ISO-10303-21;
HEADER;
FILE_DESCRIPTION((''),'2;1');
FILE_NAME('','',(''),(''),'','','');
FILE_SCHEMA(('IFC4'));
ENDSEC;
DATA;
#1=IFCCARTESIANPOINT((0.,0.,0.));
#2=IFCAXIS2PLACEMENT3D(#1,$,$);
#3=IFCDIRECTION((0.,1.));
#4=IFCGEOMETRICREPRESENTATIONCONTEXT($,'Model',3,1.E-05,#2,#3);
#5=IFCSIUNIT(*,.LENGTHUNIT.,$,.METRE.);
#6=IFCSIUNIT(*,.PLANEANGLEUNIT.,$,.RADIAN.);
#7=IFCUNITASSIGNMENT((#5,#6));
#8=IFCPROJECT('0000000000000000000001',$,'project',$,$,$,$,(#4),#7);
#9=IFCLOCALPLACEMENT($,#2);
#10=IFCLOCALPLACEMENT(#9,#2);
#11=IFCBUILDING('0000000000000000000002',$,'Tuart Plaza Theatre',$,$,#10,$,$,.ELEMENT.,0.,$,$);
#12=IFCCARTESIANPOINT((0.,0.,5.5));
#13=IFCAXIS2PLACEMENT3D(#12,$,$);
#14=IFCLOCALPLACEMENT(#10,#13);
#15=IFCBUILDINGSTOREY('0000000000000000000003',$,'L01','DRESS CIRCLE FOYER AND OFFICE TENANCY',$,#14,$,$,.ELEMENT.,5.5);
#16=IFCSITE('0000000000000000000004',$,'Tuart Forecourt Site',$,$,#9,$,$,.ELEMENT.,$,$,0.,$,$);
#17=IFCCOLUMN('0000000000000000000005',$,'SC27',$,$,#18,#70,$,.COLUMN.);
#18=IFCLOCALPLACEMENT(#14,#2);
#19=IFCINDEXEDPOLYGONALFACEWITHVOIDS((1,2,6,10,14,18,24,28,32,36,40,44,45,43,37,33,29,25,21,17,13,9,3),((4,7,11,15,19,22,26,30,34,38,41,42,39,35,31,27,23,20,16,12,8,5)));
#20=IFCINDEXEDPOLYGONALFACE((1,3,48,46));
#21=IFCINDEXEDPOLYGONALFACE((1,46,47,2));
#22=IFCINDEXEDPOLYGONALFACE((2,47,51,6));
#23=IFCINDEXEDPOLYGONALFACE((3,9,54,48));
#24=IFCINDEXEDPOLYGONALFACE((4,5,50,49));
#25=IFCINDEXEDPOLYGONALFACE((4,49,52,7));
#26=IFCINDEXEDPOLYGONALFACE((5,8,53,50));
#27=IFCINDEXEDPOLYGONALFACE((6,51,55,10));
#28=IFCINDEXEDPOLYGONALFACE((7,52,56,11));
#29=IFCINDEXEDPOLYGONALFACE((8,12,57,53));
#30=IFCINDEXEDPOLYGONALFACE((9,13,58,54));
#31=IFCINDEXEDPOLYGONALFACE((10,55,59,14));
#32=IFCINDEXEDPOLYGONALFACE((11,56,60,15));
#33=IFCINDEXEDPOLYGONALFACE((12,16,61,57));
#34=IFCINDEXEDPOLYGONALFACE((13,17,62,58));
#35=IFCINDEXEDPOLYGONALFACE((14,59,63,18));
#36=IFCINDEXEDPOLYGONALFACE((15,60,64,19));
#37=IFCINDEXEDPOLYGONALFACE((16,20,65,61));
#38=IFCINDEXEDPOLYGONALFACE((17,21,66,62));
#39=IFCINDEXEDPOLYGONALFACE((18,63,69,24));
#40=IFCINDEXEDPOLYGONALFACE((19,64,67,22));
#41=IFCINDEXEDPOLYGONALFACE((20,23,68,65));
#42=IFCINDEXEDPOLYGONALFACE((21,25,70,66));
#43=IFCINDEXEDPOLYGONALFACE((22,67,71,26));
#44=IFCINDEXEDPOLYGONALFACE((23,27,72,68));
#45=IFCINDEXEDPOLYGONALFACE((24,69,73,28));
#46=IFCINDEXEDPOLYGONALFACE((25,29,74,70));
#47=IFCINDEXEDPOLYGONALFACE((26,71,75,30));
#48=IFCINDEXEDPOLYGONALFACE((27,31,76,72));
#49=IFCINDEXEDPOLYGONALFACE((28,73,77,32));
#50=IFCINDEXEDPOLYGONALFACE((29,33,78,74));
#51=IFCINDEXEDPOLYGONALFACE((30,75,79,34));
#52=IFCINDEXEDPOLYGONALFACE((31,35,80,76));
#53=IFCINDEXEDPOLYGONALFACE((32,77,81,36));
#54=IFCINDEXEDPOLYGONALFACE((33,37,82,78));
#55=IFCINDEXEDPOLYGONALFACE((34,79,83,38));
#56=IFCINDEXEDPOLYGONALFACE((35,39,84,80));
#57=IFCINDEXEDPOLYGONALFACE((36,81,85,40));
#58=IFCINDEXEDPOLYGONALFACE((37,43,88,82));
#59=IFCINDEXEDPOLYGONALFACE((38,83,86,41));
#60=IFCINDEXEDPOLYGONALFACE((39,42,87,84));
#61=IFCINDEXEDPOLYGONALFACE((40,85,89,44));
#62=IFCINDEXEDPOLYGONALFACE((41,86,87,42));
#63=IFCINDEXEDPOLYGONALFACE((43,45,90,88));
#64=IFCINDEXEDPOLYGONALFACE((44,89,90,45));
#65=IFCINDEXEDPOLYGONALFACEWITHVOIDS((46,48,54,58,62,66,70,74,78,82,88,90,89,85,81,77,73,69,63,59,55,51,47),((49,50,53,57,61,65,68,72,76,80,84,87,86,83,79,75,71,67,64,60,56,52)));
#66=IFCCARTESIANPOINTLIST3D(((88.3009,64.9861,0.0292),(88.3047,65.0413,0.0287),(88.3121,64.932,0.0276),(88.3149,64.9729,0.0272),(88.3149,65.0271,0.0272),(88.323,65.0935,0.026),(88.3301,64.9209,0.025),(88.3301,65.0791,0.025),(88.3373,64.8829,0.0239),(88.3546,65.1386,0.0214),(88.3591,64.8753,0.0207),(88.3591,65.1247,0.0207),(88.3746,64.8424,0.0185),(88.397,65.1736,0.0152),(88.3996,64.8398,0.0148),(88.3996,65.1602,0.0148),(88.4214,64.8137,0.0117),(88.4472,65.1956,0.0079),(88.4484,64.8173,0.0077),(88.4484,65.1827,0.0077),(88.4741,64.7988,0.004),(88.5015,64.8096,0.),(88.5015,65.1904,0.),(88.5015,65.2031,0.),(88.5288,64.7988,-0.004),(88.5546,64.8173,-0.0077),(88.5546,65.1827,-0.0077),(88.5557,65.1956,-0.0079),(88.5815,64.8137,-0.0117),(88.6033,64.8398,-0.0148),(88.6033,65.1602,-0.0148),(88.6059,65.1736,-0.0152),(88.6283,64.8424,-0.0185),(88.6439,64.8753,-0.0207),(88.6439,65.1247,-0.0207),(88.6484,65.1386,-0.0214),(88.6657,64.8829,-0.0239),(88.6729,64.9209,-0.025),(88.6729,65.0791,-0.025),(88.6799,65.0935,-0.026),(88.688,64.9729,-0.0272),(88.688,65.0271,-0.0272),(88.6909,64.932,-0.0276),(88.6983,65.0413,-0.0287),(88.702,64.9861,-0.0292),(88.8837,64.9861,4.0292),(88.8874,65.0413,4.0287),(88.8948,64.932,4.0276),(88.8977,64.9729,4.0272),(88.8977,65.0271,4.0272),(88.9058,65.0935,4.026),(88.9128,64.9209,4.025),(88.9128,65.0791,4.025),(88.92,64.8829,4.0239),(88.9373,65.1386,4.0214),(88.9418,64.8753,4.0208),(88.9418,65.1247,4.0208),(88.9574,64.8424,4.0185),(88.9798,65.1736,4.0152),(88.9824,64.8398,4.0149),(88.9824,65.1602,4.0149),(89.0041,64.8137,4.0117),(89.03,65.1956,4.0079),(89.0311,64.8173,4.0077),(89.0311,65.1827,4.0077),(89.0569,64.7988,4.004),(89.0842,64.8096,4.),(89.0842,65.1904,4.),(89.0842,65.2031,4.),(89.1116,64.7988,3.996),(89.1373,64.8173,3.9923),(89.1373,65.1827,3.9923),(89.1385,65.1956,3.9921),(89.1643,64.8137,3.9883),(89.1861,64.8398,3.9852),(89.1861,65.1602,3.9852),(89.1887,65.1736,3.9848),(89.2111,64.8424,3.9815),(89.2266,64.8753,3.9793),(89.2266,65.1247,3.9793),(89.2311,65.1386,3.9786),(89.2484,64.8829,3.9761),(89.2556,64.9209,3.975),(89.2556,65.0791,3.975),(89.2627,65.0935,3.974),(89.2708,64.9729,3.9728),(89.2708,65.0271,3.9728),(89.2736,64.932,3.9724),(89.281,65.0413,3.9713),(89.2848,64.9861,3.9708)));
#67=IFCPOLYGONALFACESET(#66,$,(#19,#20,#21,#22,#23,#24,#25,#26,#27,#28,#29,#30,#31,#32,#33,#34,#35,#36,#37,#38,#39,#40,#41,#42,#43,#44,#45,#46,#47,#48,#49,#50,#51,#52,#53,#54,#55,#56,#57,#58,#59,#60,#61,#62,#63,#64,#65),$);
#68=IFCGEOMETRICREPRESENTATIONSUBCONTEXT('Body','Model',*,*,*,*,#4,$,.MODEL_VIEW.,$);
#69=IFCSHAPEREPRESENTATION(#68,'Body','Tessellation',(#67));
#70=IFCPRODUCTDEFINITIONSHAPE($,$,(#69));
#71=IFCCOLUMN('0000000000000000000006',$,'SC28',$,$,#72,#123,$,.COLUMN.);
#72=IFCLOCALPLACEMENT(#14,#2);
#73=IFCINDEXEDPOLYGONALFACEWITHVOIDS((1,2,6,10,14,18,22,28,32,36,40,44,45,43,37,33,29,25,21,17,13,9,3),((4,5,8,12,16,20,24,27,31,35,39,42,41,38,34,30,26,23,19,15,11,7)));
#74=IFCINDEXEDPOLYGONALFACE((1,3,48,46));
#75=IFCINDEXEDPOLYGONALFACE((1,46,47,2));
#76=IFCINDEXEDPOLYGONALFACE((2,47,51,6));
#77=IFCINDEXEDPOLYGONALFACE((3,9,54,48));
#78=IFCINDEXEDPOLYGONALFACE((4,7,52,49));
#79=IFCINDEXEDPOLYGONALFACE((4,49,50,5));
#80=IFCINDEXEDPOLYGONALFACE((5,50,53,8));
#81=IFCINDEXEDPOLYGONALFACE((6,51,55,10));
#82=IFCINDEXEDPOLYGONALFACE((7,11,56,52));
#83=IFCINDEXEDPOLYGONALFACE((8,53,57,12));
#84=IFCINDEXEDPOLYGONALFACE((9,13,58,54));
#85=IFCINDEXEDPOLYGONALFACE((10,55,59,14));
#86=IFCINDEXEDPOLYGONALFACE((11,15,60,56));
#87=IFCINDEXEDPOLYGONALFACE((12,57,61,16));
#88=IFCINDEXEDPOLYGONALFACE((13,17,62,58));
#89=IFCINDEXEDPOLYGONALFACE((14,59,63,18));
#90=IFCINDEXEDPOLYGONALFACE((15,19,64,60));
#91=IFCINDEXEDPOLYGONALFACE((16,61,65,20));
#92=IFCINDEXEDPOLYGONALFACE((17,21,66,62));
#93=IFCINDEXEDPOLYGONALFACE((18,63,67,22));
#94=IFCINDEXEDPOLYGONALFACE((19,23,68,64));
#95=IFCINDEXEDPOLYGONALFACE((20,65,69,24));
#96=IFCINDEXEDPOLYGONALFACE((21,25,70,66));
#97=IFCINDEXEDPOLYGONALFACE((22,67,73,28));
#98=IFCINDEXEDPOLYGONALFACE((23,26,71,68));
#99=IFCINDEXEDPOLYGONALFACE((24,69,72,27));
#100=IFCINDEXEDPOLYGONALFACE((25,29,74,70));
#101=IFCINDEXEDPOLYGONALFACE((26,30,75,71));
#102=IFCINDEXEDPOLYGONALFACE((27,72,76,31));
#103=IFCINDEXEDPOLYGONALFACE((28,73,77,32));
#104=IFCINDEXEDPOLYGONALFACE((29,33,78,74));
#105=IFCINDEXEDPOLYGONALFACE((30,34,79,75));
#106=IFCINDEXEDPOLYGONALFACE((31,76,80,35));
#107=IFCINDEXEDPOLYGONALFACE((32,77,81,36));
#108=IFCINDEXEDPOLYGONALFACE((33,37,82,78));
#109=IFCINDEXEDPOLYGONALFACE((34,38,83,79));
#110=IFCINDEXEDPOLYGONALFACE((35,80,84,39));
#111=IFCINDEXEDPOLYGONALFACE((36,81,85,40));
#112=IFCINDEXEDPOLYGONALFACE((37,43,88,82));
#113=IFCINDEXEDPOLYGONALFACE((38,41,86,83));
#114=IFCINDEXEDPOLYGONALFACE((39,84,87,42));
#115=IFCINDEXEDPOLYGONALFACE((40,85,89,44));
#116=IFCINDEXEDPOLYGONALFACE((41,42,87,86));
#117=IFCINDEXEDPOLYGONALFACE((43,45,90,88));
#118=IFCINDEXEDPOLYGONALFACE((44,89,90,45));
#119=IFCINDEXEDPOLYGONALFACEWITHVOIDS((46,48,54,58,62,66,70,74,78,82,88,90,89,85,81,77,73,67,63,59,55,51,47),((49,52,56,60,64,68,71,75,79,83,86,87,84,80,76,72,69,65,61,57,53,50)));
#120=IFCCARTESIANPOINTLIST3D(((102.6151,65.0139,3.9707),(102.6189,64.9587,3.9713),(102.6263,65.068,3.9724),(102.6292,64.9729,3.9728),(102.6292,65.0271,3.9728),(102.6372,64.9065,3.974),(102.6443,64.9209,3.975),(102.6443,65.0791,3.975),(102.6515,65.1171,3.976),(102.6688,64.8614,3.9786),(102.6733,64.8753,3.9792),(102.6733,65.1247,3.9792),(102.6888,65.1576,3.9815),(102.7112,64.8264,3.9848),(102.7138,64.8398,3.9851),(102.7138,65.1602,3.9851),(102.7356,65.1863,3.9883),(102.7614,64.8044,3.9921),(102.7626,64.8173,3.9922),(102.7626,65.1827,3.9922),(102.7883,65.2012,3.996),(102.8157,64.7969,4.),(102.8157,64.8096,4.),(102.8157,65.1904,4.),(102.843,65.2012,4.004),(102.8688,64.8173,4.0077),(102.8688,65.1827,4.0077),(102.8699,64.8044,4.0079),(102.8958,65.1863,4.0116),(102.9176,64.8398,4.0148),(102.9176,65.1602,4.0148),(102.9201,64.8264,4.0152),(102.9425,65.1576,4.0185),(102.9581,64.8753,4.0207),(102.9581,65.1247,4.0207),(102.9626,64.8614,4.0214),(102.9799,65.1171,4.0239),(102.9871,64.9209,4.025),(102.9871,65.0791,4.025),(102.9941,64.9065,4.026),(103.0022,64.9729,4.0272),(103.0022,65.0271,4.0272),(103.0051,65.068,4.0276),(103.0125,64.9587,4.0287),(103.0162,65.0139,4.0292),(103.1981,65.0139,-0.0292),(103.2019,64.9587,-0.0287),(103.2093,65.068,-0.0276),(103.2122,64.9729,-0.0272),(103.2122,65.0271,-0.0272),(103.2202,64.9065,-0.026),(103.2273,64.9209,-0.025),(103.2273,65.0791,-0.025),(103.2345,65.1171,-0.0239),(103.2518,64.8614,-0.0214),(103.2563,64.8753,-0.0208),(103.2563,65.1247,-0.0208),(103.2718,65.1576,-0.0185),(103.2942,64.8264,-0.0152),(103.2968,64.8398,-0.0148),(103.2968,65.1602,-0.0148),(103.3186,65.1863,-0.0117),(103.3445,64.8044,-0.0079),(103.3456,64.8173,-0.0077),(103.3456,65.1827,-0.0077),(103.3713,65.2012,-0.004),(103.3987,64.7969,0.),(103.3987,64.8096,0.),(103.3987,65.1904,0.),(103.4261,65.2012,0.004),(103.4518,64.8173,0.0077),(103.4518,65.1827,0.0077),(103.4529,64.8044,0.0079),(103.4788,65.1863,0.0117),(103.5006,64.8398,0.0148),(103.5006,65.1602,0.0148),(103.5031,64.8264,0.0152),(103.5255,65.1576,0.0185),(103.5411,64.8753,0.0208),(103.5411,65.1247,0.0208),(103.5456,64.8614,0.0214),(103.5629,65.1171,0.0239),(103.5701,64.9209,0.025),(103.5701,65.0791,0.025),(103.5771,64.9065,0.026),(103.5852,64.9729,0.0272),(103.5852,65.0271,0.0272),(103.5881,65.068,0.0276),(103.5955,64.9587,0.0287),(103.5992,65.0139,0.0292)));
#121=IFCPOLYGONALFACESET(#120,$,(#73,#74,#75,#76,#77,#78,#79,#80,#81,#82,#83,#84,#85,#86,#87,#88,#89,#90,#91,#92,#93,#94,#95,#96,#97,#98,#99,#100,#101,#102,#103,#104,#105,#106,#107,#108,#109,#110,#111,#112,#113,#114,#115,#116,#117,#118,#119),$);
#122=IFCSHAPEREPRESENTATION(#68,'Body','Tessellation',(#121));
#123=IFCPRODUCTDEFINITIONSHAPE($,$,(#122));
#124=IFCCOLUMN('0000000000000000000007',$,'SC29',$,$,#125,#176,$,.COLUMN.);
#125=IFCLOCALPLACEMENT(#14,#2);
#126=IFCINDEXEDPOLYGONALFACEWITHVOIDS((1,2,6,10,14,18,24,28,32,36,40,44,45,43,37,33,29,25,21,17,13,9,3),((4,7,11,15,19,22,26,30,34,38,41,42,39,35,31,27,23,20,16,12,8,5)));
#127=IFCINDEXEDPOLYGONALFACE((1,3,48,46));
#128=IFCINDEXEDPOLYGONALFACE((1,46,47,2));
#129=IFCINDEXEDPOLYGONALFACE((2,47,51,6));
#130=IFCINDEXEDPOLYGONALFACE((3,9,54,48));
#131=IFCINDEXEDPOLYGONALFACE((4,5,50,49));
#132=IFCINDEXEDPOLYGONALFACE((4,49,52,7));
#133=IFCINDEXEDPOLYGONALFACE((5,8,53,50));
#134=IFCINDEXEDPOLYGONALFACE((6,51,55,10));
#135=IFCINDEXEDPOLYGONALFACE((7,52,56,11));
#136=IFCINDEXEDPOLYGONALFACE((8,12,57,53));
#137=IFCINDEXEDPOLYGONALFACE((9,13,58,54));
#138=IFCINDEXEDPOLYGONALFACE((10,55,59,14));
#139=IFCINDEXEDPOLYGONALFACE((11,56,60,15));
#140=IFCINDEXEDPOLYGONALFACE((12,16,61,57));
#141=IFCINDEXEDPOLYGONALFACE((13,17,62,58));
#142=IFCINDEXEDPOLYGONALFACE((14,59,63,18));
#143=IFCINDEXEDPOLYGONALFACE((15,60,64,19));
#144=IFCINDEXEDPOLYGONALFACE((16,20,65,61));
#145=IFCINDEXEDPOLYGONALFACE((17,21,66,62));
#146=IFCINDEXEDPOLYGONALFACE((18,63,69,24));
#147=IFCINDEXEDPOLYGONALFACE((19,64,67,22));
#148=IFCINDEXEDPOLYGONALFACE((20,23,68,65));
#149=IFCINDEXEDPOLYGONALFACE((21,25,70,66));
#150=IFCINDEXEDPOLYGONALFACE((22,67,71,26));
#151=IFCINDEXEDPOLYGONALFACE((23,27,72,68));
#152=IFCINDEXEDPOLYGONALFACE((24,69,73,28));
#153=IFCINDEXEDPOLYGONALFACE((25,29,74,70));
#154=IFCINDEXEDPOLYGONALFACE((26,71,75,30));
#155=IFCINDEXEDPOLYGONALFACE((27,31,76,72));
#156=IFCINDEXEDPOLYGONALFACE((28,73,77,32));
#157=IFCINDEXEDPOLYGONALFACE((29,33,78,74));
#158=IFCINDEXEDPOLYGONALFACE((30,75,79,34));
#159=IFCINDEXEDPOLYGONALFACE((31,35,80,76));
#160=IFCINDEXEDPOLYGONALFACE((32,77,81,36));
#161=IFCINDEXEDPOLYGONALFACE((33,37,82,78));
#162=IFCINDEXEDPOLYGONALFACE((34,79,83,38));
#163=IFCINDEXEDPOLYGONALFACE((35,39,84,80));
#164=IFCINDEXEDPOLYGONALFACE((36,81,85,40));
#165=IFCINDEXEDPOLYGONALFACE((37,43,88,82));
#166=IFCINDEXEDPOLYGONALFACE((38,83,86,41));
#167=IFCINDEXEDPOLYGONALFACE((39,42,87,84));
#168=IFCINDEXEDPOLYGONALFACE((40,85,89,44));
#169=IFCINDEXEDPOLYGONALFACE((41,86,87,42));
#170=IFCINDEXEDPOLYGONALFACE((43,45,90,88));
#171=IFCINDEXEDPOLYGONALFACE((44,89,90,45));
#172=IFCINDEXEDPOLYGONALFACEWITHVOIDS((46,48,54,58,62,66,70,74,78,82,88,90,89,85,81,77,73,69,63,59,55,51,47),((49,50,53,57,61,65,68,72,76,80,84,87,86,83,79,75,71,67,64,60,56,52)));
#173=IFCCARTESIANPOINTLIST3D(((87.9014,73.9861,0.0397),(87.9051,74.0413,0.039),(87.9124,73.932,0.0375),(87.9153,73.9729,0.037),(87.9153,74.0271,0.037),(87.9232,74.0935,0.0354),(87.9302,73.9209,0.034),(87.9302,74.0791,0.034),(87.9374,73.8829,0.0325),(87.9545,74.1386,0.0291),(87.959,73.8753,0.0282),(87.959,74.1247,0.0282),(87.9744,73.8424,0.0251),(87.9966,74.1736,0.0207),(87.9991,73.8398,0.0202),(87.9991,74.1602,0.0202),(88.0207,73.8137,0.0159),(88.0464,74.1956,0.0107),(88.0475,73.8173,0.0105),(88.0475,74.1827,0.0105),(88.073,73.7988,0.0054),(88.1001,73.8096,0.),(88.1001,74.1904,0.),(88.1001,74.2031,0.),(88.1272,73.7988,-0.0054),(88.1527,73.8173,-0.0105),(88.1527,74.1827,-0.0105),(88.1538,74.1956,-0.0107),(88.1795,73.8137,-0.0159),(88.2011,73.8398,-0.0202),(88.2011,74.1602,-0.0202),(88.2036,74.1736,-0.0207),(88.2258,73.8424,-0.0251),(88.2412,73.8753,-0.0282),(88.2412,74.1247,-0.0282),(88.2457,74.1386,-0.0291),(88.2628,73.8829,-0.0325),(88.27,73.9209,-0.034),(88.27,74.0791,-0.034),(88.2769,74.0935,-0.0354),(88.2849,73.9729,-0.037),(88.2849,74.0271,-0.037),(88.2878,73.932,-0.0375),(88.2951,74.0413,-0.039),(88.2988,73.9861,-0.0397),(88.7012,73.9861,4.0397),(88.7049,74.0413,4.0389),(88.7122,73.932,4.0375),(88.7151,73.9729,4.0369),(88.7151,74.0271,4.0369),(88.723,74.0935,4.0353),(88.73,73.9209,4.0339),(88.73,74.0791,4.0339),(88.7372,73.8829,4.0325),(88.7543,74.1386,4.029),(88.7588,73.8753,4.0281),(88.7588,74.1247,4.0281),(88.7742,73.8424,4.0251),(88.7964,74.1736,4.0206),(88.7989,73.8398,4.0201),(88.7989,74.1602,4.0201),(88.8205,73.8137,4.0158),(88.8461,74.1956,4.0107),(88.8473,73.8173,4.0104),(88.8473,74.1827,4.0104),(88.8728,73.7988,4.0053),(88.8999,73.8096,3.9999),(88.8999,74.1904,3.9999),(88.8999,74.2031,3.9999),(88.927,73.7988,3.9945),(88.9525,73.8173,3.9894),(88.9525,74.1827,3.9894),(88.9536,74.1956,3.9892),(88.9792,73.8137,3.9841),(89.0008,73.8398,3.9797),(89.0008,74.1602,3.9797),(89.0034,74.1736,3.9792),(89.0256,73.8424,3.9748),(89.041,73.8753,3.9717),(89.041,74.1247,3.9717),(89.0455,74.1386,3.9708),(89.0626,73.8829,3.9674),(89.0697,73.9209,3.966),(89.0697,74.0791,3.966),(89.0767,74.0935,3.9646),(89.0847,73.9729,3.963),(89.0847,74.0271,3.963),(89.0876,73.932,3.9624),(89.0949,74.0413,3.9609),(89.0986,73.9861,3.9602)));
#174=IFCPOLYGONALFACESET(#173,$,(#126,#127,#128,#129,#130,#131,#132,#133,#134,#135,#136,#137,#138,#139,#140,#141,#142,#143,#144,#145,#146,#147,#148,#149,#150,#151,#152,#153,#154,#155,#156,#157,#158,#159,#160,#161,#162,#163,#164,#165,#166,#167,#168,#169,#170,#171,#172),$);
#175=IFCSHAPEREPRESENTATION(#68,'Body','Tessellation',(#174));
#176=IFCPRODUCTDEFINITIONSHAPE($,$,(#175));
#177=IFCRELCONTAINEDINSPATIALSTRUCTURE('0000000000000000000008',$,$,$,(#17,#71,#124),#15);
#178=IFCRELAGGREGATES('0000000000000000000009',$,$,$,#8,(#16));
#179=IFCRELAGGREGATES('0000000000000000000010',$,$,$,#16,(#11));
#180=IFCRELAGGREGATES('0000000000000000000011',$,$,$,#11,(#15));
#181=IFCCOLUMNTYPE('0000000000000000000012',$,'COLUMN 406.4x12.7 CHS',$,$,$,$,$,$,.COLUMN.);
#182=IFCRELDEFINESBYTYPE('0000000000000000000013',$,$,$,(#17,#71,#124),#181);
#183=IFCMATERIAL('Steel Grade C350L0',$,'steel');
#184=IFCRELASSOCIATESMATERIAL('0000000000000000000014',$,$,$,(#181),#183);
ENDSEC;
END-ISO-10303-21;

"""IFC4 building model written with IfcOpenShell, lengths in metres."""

from ifc_helpers import new_model, si_unit, direction, frame, origin, origin_2d, place, context, subcontext, project, spatial, hollow_circle, extrude, material, material_profile, profile_set, type_object, element, save


model = new_model("IFC4")

# Units and contexts
model_context = context("Model", 3, precision=1e-05, world=origin(), true_north=direction((0.0, 1.0)))
body_context = subcontext(model_context, "Body", "Model", "MODEL_VIEW")
ifc_project = project(units=[si_unit("LENGTHUNIT", "METRE"), si_unit("PLANEANGLEUNIT", "RADIAN")], contexts=[model_context])

# Site, building, storey
site_placement = place(None, origin())
site = spatial("IfcSite", under=ifc_project, at=site_placement, Name="Tuart Forecourt Site", CompositionType="ELEMENT", RefElevation=0.0)
building_placement = place(site_placement, origin())
building = spatial("IfcBuilding", under=site, at=building_placement, Name="Tuart Plaza Theatre", CompositionType="ELEMENT", ElevationOfRefHeight=0.0)
storey_placement = place(building_placement, frame((0.0, 0.0, 5.5)))
storey = spatial("IfcBuildingStorey", under=building, at=storey_placement, Name="L01", Description="DRESS CIRCLE FOYER AND OFFICE TENANCY", CompositionType="ELEMENT", Elevation=5.5)

# Columns
ifc_material_1 = material(Name="Steel Grade C350L0", Category="steel")
ifc_material_profile_1 = material_profile(ifc_material_1, hollow_circle(Radius=0.2031, WallThickness=0.0127, at=origin_2d()), Name="406.4x12.7 CHS")
ifc_profile_set_1 = profile_set([ifc_material_profile_1], Name="Steel Grade C350L0")
column_type_1 = type_object("IfcColumnType", Name="COLUMN 406.4x12.7 CHS", PredefinedType="COLUMN", material=ifc_profile_set_1)
for number, where, z_axis, x_axis, name in (
    (1, (88.5015, 65.0, 0.0), (0.144169, 0.0, 0.989553), (0.0, 1.0, 0.0), "SC27"),
    (2, (103.3987, 65.0, 0.0), (-0.144228, 0.0, 0.989544), (0.0, -1.0, 0.0), "SC28"),
):
    element("IfcColumn", number, at=place(storey_placement, frame(where, z_axis=z_axis, x_axis=x_axis)), inside=storey, type_object=column_type_1, Name=name, PredefinedType="COLUMN", context=body_context, shape_type="SweptSolid", body=[
        extrude(hollow_circle(Radius=0.2031, WallThickness=0.0127, at=origin_2d()), origin(), (0.0, 0.0, 1.0), 4.0422),
    ])
for number, where, z_axis, x_axis, name in (
    (3, (88.1001, 74.0, 0.0), (0.19607, 0.0, 0.98059), (0.0, 1.0, 0.0), "SC29"),
):
    element("IfcColumn", number, at=place(storey_placement, frame(where, z_axis=z_axis, x_axis=x_axis)), inside=storey, type_object=column_type_1, Name=name, PredefinedType="COLUMN", context=body_context, shape_type="SweptSolid", body=[
        extrude(hollow_circle(Radius=0.2031, WallThickness=0.0127, at=origin_2d()), origin(), (0.0, 0.0, 1.0), 4.0791),
    ])

save(model, "model.ifc")
